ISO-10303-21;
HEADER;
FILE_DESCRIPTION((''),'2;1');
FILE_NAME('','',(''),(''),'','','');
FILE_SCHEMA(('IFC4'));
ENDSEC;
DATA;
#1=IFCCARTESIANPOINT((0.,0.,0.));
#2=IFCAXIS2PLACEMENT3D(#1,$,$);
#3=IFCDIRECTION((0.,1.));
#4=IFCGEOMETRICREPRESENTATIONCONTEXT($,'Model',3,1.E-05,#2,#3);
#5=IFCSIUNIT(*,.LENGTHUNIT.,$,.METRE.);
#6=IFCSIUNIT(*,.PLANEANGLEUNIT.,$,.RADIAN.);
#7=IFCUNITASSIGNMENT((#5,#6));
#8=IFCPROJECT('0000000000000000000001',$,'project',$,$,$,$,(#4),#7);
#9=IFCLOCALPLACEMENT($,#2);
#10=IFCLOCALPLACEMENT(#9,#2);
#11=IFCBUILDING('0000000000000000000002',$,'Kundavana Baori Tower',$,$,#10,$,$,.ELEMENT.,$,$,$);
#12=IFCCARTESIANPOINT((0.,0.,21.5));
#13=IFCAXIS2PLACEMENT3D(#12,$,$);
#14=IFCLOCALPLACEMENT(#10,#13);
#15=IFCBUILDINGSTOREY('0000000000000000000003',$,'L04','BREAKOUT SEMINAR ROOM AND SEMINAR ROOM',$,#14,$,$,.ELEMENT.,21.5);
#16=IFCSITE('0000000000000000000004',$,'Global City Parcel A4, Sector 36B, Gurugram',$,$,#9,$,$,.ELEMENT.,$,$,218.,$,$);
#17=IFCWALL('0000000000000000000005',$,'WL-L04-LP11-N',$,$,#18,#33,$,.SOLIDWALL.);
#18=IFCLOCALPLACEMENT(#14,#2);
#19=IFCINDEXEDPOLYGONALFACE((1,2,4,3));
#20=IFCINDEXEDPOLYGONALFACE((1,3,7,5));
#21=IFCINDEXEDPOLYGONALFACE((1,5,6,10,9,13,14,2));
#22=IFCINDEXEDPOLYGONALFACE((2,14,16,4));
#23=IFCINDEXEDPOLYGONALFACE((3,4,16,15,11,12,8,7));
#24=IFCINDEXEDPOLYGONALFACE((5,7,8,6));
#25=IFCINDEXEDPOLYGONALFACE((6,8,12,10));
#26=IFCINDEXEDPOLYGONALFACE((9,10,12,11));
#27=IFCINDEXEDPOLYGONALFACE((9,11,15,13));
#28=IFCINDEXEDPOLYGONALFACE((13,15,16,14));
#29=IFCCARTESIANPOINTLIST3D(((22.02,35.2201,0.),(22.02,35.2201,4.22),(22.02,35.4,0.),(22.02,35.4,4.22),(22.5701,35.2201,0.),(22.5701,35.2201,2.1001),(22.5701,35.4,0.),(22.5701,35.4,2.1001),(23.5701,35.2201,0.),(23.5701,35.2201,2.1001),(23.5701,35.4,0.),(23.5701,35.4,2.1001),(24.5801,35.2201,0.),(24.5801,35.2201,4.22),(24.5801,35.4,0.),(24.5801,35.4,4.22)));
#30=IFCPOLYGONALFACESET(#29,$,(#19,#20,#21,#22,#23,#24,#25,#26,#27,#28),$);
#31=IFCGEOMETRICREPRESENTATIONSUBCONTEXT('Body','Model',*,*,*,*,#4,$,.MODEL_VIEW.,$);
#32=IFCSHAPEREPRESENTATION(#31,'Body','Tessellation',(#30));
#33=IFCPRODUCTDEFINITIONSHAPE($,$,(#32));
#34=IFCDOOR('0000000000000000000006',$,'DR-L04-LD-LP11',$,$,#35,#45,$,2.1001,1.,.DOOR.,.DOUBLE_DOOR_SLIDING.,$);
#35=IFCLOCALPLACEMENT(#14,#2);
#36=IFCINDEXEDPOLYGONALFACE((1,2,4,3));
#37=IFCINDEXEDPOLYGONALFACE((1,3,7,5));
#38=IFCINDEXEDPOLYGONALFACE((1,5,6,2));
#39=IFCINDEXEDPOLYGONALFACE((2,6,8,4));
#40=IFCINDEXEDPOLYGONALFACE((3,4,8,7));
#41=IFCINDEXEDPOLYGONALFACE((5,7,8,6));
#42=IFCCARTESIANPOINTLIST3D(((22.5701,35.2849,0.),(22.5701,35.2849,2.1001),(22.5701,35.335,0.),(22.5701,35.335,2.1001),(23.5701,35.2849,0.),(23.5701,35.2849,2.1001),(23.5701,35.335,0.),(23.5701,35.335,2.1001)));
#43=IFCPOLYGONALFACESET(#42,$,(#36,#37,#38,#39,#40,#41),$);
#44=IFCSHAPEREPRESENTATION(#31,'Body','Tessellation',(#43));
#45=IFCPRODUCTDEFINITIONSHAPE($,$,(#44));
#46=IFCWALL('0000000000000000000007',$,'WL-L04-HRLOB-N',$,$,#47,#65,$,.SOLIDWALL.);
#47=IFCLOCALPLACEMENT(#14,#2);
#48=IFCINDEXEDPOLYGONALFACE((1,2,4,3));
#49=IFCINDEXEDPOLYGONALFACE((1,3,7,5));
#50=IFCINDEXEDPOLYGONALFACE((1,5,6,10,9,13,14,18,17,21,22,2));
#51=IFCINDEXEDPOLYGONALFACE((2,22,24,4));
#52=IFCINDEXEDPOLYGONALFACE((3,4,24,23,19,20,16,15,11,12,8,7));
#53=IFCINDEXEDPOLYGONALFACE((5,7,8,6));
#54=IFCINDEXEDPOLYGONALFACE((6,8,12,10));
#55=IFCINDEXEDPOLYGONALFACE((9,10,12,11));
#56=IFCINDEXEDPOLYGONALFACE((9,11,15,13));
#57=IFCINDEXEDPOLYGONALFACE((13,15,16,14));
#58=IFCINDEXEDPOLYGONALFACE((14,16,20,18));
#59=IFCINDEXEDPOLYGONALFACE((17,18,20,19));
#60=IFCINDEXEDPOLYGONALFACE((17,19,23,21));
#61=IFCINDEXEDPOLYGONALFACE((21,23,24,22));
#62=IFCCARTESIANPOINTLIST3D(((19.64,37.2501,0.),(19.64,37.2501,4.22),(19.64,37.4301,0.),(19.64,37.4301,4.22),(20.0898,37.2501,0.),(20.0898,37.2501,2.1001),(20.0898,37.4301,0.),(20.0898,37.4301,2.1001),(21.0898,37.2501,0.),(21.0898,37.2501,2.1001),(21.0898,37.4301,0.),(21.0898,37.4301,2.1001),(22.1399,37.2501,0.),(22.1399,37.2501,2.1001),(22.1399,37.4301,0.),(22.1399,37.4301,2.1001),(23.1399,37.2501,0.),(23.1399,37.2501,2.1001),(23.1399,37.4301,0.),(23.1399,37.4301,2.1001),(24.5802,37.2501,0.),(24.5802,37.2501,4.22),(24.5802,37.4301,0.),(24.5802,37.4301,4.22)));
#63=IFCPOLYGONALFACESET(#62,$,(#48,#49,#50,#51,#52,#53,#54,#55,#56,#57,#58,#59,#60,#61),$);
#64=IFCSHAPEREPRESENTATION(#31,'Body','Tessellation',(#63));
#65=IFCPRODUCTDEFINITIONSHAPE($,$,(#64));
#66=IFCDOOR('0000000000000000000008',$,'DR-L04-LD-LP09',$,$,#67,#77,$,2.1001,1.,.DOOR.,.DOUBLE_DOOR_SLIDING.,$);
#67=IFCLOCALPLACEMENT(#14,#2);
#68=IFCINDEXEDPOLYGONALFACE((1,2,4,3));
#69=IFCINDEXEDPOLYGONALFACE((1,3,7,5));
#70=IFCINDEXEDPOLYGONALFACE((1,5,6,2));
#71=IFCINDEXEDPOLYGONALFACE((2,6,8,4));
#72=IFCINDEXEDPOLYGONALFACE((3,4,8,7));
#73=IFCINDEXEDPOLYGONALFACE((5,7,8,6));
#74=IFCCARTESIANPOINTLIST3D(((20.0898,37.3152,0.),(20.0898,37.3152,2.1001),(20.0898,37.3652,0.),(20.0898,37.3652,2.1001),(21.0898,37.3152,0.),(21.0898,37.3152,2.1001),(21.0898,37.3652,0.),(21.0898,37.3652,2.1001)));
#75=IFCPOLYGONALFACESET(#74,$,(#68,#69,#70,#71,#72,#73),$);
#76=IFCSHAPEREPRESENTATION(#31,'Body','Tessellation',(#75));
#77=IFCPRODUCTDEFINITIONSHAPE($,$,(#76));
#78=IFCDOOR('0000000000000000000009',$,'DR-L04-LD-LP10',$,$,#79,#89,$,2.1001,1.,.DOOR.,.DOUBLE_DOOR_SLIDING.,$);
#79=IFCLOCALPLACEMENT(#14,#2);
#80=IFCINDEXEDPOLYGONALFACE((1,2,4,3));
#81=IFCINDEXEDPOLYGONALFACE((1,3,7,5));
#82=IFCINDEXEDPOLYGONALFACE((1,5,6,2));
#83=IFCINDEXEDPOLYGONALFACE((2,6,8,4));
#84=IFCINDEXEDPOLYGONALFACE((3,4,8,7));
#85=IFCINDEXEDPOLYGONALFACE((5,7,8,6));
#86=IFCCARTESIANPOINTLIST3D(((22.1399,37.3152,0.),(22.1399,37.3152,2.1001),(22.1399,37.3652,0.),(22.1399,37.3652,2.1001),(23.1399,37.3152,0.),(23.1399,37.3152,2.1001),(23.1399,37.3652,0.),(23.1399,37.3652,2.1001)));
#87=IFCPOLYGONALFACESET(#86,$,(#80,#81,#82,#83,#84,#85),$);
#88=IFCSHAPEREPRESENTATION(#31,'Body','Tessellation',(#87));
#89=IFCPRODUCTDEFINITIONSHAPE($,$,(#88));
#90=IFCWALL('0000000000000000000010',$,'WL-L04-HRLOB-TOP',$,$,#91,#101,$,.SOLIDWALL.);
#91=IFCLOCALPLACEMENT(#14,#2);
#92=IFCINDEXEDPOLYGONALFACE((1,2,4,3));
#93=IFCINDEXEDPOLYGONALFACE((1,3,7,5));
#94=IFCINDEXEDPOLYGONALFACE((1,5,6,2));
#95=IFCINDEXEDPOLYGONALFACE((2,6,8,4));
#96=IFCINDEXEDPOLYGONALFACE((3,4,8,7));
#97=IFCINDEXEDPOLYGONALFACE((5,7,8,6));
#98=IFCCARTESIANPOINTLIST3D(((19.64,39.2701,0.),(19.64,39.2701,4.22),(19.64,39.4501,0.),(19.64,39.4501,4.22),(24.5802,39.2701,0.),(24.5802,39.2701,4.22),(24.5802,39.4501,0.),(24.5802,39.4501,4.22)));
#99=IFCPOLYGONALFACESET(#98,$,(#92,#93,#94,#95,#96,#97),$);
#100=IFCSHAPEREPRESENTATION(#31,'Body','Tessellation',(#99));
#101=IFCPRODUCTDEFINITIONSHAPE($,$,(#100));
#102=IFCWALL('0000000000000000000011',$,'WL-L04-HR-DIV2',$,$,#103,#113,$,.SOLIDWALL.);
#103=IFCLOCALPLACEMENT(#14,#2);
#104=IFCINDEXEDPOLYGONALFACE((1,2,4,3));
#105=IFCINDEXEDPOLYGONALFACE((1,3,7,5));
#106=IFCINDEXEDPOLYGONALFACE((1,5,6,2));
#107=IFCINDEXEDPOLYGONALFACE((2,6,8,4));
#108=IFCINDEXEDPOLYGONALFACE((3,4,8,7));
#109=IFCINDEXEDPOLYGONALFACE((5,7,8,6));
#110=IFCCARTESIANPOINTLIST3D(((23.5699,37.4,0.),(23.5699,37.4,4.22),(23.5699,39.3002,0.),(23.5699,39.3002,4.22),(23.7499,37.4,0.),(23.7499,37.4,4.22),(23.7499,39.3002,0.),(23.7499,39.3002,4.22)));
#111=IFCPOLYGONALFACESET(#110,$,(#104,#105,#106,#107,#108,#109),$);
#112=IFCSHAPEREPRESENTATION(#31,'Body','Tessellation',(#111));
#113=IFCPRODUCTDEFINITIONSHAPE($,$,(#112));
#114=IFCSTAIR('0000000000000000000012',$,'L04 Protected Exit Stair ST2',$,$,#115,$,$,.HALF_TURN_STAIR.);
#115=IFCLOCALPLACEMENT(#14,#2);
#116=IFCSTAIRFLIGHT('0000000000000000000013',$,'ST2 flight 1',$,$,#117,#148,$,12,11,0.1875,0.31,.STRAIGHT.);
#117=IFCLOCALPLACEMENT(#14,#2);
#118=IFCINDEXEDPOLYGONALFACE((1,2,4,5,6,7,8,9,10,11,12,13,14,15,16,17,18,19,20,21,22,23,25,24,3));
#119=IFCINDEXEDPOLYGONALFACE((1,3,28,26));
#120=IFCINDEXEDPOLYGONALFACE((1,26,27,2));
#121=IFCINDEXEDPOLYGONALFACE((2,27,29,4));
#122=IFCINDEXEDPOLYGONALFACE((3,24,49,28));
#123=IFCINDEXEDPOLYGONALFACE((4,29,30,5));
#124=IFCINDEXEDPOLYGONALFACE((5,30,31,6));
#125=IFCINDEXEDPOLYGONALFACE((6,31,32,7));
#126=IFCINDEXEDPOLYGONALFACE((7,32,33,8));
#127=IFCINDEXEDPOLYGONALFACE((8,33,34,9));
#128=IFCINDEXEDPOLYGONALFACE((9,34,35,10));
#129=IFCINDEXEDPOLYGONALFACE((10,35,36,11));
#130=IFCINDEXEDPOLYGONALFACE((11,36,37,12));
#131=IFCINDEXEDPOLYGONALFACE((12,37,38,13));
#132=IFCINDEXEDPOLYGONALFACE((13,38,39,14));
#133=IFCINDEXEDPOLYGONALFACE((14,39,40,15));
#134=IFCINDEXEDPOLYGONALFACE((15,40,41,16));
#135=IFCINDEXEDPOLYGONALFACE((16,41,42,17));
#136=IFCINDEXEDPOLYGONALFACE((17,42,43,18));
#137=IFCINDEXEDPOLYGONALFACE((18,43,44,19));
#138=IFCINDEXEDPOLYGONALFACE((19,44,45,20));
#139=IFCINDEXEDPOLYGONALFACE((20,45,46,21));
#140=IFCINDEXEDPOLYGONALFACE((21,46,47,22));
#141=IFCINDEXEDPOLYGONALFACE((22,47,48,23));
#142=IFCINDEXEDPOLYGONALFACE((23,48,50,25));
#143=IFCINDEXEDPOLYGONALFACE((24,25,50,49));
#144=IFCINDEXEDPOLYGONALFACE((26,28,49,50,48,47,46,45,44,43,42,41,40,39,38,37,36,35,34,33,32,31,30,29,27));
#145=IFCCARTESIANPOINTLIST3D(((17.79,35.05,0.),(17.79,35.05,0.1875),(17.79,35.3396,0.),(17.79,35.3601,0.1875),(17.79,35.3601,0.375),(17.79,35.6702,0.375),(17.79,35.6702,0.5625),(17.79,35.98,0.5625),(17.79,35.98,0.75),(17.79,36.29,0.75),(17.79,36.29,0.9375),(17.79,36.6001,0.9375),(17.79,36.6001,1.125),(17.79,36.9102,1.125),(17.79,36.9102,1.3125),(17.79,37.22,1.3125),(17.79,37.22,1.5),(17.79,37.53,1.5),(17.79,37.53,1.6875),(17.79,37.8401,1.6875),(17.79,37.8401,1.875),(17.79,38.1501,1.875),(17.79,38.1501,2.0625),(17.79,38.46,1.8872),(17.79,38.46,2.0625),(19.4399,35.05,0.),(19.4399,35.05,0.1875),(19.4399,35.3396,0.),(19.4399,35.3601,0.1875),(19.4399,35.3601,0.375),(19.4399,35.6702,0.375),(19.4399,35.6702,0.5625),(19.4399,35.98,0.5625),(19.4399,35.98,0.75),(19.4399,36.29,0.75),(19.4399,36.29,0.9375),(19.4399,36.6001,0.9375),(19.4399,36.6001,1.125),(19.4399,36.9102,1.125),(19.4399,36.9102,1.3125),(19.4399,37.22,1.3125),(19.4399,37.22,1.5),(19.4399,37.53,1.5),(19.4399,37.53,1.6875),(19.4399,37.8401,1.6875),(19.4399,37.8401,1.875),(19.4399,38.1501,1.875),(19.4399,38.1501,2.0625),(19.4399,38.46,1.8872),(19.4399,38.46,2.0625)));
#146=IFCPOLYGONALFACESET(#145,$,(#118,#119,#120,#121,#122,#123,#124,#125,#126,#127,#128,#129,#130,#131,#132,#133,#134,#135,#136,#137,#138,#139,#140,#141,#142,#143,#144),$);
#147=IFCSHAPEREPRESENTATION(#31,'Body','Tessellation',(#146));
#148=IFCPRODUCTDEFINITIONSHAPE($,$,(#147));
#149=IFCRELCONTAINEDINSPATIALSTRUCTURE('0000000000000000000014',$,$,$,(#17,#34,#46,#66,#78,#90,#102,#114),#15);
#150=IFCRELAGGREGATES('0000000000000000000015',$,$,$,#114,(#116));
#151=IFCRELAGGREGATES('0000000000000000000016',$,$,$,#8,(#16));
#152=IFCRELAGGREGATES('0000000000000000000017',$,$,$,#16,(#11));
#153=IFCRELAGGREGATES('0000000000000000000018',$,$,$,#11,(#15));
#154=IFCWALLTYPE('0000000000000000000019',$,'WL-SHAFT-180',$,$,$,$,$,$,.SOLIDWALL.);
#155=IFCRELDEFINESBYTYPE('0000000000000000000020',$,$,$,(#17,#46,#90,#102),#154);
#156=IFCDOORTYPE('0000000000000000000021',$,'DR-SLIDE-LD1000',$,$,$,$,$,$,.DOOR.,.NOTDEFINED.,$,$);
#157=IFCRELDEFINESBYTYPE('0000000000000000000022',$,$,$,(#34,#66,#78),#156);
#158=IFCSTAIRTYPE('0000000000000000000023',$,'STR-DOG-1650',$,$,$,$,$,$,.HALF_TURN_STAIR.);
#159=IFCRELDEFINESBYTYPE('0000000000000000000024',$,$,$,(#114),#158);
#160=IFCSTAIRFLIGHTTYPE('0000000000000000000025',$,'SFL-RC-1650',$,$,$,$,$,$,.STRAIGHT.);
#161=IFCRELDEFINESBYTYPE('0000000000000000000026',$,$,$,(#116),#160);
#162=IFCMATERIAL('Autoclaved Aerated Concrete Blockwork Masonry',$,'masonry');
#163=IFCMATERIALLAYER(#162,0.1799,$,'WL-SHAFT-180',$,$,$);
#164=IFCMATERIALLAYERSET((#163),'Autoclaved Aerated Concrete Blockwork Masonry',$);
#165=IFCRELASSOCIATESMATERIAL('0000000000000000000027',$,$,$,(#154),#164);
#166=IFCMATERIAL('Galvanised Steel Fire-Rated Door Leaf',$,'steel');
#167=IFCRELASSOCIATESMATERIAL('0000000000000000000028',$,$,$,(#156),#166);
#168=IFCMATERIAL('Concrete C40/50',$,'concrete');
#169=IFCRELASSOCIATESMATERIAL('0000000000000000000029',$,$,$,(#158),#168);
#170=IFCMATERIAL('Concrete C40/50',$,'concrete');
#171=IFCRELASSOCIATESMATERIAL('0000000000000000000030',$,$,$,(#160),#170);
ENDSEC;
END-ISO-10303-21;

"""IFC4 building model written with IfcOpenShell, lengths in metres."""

from ifc_helpers import new_model, si_unit, direction, frame, frame_2d, origin, place, context, subcontext, project, spatial, polyline, rectangle, outline, extrude, material, layer, layer_set, type_object, element, fill, aggregate, save


model = new_model("IFC4")

# Units and contexts
model_context = context("Model", 3, precision=1e-05, world=origin(), true_north=direction((0.0, 1.0)))
body_context = subcontext(model_context, "Body", "Model", "MODEL_VIEW")
ifc_project = project(units=[si_unit("LENGTHUNIT", "METRE"), si_unit("PLANEANGLEUNIT", "RADIAN")], contexts=[model_context])

# Site, building, storey
site_placement = place(None, origin())
site = spatial("IfcSite", under=ifc_project, at=site_placement, Name="Global City Parcel A4, Sector 36B, Gurugram", CompositionType="ELEMENT", RefElevation=218.0)
building_placement = place(site_placement, origin())
building = spatial("IfcBuilding", under=site, at=building_placement, Name="Kundavana Baori Tower", CompositionType="ELEMENT")
storey_placement = place(building_placement, frame((0.0, 0.0, 21.5)))
storey = spatial("IfcBuildingStorey", under=building, at=storey_placement, Name="L04", Description="BREAKOUT SEMINAR ROOM AND SEMINAR ROOM", CompositionType="ELEMENT", Elevation=21.5)

# Wall, opening, door
ifc_material_1 = material(Name="Autoclaved Aerated Concrete Blockwork Masonry", Category="masonry")
ifc_layer_1 = layer(ifc_material_1, 0.1799, Name="WL-SHAFT-180")
ifc_layer_set_1 = layer_set([ifc_layer_1], Name="Autoclaved Aerated Concrete Blockwork Masonry")
wall_type_1 = type_object("IfcWallType", Name="WL-SHAFT-180", PredefinedType="SOLIDWALL", material=ifc_layer_set_1)
wall_1_placement = place(storey_placement, frame((22.02, 35.3101, 0.0), z_axis=(0.0, 0.0, 1.0), x_axis=(1.0, 0.0, 0.0)))
wall_1 = element("IfcWall", 1, at=wall_1_placement, inside=storey, type_object=wall_type_1, Name="WL-L04-LP11-N", PredefinedType="SOLIDWALL", context=body_context, shape_type="SweptSolid", body=[
    extrude(rectangle(XDim=2.5601, YDim=0.1799, at=frame_2d((1.28, 0.0))), origin(), (0.0, 0.0, 1.0), 4.22),
])
opening_1_placement = place(wall_1_placement, frame((0.55, 0.0, 0.0)))
opening_1 = element("IfcOpeningElement", 2, at=opening_1_placement, cuts=wall_1, PredefinedType="OPENING", context=body_context, shape_type="SweptSolid", body=[
    extrude(rectangle(XDim=1.0, YDim=2.1001, at=frame_2d((0.5, 1.05))), frame((0.0, 0.1001, 0.0), z_axis=(0.0, -1.0, 0.0), x_axis=(1.0, 0.0, 0.0)), (0.0, 0.0, 1.0), 0.2),
])
ifc_material_2 = material(Name="Galvanised Steel Fire-Rated Door Leaf", Category="steel")
door_type_1 = type_object("IfcDoorType", Name="DR-SLIDE-LD1000", OperationType="NOTDEFINED", PredefinedType="DOOR", material=ifc_material_2)
door_1_placement = place(opening_1_placement, origin())
door_1 = element("IfcDoor", 3, at=door_1_placement, inside=storey, type_object=door_type_1, Name="DR-L04-LD-LP11", OperationType="DOUBLE_DOOR_SLIDING", OverallHeight=2.1001, OverallWidth=1.0, PredefinedType="DOOR", context=body_context, shape_type="SweptSolid", body=[
    extrude(rectangle(XDim=1.0, YDim=2.1001, at=frame_2d((0.5, 1.05))), frame((0.0, 0.0249, 0.0), z_axis=(0.0, -1.0, 0.0), x_axis=(1.0, 0.0, 0.0)), (0.0, 0.0, 1.0), 0.05),
])
fill(opening_1, door_1)

# Wall, openings, doors
wall_2_placement = place(storey_placement, frame((19.6399, 37.3401, 0.0), z_axis=(0.0, 0.0, 1.0), x_axis=(1.0, 0.0, 0.0)))
wall_2 = element("IfcWall", 4, at=wall_2_placement, inside=storey, type_object=wall_type_1, Name="WL-L04-HRLOB-N", PredefinedType="SOLIDWALL", context=body_context, shape_type="SweptSolid", body=[
    extrude(rectangle(XDim=4.9402, YDim=0.1799, at=frame_2d((2.4702, 0.0))), origin(), (0.0, 0.0, 1.0), 4.22),
])
opening_2_placement = place(wall_2_placement, frame((0.45, 0.0, 0.0)))
opening_2 = element("IfcOpeningElement", 5, at=opening_2_placement, cuts=wall_2, PredefinedType="OPENING", context=body_context, shape_type="SweptSolid", body=[
    extrude(rectangle(XDim=1.0, YDim=2.1001, at=frame_2d((0.5, 1.05))), frame((0.0, 0.1001, 0.0), z_axis=(0.0, -1.0, 0.0), x_axis=(1.0, 0.0, 0.0)), (0.0, 0.0, 1.0), 0.2),
])
opening_3_placement = place(wall_2_placement, frame((2.5, 0.0, 0.0)))
opening_3 = element("IfcOpeningElement", 6, at=opening_3_placement, cuts=wall_2, PredefinedType="OPENING", context=body_context, shape_type="SweptSolid", body=[
    extrude(rectangle(XDim=1.0, YDim=2.1001, at=frame_2d((0.5, 1.05))), frame((0.0, 0.1001, 0.0), z_axis=(0.0, -1.0, 0.0), x_axis=(1.0, 0.0, 0.0)), (0.0, 0.0, 1.0), 0.2),
])
door_2_placement = place(opening_2_placement, frame((1.0, 0.0, 0.0), z_axis=(0.0, 0.0, 1.0), x_axis=(-1.0, 0.0, 0.0)))
door_2 = element("IfcDoor", 7, at=door_2_placement, inside=storey, type_object=door_type_1, Name="DR-L04-LD-LP09", OperationType="DOUBLE_DOOR_SLIDING", OverallHeight=2.1001, OverallWidth=1.0, PredefinedType="DOOR", context=body_context, shape_type="SweptSolid", body=[
    extrude(rectangle(XDim=1.0, YDim=2.1001, at=frame_2d((0.5, 1.05))), frame((0.0, 0.0249, 0.0), z_axis=(0.0, -1.0, 0.0), x_axis=(1.0, 0.0, 0.0)), (0.0, 0.0, 1.0), 0.05),
])
fill(opening_2, door_2)
door_3_placement = place(opening_3_placement, frame((1.0, 0.0, 0.0), z_axis=(0.0, 0.0, 1.0), x_axis=(-1.0, 0.0, 0.0)))
door_3 = element("IfcDoor", 8, at=door_3_placement, inside=storey, type_object=door_type_1, Name="DR-L04-LD-LP10", OperationType="DOUBLE_DOOR_SLIDING", OverallHeight=2.1001, OverallWidth=1.0, PredefinedType="DOOR", context=body_context, shape_type="SweptSolid", body=[
    extrude(rectangle(XDim=1.0, YDim=2.1001, at=frame_2d((0.5, 1.05))), frame((0.0, 0.0249, 0.0), z_axis=(0.0, -1.0, 0.0), x_axis=(1.0, 0.0, 0.0)), (0.0, 0.0, 1.0), 0.05),
])
fill(opening_3, door_3)

# Walls
wall_3_placement = place(storey_placement, frame((19.6399, 39.3601, 0.0), z_axis=(0.0, 0.0, 1.0), x_axis=(1.0, 0.0, 0.0)))
element("IfcWall", 9, at=wall_3_placement, inside=storey, type_object=wall_type_1, Name="WL-L04-HRLOB-TOP", PredefinedType="SOLIDWALL", context=body_context, shape_type="SweptSolid", body=[
    extrude(rectangle(XDim=4.9402, YDim=0.1799, at=frame_2d((2.4702, 0.0))), origin(), (0.0, 0.0, 1.0), 4.22),
])
wall_4_placement = place(storey_placement, frame((23.6599, 37.3999, 0.0), z_axis=(0.0, 0.0, 1.0), x_axis=(0.0, 1.0, 0.0)))
element("IfcWall", 10, at=wall_4_placement, inside=storey, type_object=wall_type_1, Name="WL-L04-HR-DIV2", PredefinedType="SOLIDWALL", context=body_context, shape_type="SweptSolid", body=[
    extrude(rectangle(XDim=1.9001, YDim=0.1799, at=frame_2d((0.9502, 0.0))), origin(), (0.0, 0.0, 1.0), 4.22),
])

# Stair, stair flight
ifc_material_3 = material(Name="Concrete C40/50", Category="concrete")
stair_type = type_object("IfcStairType", Name="STR-DOG-1650", PredefinedType="HALF_TURN_STAIR", material=ifc_material_3)
stair_placement = place(storey_placement, origin())
stair = element("IfcStair", 11, at=stair_placement, inside=storey, type_object=stair_type, Name="L04 Protected Exit Stair ST2", PredefinedType="HALF_TURN_STAIR")
ifc_material_4 = material(Name="Concrete C40/50", Category="concrete")
stair_flight_type = type_object("IfcStairFlightType", Name="SFL-RC-1650", PredefinedType="STRAIGHT", material=ifc_material_4)
stair_flight_placement = place(storey_placement, frame((18.615, 35.05, 0.0), z_axis=(0.0, 0.0, 1.0), x_axis=(0.0, 1.0, 0.0)))
stair_flight = element("IfcStairFlight", 12, at=stair_flight_placement, type_object=stair_flight_type, Name="ST2 flight 1", NumberOfRisers=12, NumberOfTreads=11, PredefinedType="STRAIGHT", RiserHeight=0.1875, TreadLength=0.31, context=body_context, shape_type="SweptSolid", body=[
    extrude(outline(polyline([(0.0, 0.0), (0.0, 0.1875), (0.3101, 0.1875), (0.3101, 0.375), (0.6201, 0.375), (0.6201, 0.5625), (0.9299, 0.5625), (0.9299, 0.75), (1.24, 0.75), (1.24, 0.9375), (1.55, 0.9375), (1.55, 1.125), (1.8601, 1.125), (1.8601, 1.3125), (2.1699, 1.3125), (2.1699, 1.5), (2.48, 1.5), (2.48, 1.6875), (2.79, 1.6875), (2.79, 1.875), (3.1001, 1.875), (3.1001, 2.0625), (3.4099, 2.0625), (3.4099, 2.25), (3.4099, 1.8872), (0.2896, 0.0), (0.0, 0.0)])), frame((0.0, 0.825, 0.0), z_axis=(0.0, -1.0, 0.0), x_axis=(1.0, 0.0, 0.0)), (0.0, 0.0, 1.0), 1.6499),
])
aggregate(stair, [stair_flight])

save(model, "model.ifc")
